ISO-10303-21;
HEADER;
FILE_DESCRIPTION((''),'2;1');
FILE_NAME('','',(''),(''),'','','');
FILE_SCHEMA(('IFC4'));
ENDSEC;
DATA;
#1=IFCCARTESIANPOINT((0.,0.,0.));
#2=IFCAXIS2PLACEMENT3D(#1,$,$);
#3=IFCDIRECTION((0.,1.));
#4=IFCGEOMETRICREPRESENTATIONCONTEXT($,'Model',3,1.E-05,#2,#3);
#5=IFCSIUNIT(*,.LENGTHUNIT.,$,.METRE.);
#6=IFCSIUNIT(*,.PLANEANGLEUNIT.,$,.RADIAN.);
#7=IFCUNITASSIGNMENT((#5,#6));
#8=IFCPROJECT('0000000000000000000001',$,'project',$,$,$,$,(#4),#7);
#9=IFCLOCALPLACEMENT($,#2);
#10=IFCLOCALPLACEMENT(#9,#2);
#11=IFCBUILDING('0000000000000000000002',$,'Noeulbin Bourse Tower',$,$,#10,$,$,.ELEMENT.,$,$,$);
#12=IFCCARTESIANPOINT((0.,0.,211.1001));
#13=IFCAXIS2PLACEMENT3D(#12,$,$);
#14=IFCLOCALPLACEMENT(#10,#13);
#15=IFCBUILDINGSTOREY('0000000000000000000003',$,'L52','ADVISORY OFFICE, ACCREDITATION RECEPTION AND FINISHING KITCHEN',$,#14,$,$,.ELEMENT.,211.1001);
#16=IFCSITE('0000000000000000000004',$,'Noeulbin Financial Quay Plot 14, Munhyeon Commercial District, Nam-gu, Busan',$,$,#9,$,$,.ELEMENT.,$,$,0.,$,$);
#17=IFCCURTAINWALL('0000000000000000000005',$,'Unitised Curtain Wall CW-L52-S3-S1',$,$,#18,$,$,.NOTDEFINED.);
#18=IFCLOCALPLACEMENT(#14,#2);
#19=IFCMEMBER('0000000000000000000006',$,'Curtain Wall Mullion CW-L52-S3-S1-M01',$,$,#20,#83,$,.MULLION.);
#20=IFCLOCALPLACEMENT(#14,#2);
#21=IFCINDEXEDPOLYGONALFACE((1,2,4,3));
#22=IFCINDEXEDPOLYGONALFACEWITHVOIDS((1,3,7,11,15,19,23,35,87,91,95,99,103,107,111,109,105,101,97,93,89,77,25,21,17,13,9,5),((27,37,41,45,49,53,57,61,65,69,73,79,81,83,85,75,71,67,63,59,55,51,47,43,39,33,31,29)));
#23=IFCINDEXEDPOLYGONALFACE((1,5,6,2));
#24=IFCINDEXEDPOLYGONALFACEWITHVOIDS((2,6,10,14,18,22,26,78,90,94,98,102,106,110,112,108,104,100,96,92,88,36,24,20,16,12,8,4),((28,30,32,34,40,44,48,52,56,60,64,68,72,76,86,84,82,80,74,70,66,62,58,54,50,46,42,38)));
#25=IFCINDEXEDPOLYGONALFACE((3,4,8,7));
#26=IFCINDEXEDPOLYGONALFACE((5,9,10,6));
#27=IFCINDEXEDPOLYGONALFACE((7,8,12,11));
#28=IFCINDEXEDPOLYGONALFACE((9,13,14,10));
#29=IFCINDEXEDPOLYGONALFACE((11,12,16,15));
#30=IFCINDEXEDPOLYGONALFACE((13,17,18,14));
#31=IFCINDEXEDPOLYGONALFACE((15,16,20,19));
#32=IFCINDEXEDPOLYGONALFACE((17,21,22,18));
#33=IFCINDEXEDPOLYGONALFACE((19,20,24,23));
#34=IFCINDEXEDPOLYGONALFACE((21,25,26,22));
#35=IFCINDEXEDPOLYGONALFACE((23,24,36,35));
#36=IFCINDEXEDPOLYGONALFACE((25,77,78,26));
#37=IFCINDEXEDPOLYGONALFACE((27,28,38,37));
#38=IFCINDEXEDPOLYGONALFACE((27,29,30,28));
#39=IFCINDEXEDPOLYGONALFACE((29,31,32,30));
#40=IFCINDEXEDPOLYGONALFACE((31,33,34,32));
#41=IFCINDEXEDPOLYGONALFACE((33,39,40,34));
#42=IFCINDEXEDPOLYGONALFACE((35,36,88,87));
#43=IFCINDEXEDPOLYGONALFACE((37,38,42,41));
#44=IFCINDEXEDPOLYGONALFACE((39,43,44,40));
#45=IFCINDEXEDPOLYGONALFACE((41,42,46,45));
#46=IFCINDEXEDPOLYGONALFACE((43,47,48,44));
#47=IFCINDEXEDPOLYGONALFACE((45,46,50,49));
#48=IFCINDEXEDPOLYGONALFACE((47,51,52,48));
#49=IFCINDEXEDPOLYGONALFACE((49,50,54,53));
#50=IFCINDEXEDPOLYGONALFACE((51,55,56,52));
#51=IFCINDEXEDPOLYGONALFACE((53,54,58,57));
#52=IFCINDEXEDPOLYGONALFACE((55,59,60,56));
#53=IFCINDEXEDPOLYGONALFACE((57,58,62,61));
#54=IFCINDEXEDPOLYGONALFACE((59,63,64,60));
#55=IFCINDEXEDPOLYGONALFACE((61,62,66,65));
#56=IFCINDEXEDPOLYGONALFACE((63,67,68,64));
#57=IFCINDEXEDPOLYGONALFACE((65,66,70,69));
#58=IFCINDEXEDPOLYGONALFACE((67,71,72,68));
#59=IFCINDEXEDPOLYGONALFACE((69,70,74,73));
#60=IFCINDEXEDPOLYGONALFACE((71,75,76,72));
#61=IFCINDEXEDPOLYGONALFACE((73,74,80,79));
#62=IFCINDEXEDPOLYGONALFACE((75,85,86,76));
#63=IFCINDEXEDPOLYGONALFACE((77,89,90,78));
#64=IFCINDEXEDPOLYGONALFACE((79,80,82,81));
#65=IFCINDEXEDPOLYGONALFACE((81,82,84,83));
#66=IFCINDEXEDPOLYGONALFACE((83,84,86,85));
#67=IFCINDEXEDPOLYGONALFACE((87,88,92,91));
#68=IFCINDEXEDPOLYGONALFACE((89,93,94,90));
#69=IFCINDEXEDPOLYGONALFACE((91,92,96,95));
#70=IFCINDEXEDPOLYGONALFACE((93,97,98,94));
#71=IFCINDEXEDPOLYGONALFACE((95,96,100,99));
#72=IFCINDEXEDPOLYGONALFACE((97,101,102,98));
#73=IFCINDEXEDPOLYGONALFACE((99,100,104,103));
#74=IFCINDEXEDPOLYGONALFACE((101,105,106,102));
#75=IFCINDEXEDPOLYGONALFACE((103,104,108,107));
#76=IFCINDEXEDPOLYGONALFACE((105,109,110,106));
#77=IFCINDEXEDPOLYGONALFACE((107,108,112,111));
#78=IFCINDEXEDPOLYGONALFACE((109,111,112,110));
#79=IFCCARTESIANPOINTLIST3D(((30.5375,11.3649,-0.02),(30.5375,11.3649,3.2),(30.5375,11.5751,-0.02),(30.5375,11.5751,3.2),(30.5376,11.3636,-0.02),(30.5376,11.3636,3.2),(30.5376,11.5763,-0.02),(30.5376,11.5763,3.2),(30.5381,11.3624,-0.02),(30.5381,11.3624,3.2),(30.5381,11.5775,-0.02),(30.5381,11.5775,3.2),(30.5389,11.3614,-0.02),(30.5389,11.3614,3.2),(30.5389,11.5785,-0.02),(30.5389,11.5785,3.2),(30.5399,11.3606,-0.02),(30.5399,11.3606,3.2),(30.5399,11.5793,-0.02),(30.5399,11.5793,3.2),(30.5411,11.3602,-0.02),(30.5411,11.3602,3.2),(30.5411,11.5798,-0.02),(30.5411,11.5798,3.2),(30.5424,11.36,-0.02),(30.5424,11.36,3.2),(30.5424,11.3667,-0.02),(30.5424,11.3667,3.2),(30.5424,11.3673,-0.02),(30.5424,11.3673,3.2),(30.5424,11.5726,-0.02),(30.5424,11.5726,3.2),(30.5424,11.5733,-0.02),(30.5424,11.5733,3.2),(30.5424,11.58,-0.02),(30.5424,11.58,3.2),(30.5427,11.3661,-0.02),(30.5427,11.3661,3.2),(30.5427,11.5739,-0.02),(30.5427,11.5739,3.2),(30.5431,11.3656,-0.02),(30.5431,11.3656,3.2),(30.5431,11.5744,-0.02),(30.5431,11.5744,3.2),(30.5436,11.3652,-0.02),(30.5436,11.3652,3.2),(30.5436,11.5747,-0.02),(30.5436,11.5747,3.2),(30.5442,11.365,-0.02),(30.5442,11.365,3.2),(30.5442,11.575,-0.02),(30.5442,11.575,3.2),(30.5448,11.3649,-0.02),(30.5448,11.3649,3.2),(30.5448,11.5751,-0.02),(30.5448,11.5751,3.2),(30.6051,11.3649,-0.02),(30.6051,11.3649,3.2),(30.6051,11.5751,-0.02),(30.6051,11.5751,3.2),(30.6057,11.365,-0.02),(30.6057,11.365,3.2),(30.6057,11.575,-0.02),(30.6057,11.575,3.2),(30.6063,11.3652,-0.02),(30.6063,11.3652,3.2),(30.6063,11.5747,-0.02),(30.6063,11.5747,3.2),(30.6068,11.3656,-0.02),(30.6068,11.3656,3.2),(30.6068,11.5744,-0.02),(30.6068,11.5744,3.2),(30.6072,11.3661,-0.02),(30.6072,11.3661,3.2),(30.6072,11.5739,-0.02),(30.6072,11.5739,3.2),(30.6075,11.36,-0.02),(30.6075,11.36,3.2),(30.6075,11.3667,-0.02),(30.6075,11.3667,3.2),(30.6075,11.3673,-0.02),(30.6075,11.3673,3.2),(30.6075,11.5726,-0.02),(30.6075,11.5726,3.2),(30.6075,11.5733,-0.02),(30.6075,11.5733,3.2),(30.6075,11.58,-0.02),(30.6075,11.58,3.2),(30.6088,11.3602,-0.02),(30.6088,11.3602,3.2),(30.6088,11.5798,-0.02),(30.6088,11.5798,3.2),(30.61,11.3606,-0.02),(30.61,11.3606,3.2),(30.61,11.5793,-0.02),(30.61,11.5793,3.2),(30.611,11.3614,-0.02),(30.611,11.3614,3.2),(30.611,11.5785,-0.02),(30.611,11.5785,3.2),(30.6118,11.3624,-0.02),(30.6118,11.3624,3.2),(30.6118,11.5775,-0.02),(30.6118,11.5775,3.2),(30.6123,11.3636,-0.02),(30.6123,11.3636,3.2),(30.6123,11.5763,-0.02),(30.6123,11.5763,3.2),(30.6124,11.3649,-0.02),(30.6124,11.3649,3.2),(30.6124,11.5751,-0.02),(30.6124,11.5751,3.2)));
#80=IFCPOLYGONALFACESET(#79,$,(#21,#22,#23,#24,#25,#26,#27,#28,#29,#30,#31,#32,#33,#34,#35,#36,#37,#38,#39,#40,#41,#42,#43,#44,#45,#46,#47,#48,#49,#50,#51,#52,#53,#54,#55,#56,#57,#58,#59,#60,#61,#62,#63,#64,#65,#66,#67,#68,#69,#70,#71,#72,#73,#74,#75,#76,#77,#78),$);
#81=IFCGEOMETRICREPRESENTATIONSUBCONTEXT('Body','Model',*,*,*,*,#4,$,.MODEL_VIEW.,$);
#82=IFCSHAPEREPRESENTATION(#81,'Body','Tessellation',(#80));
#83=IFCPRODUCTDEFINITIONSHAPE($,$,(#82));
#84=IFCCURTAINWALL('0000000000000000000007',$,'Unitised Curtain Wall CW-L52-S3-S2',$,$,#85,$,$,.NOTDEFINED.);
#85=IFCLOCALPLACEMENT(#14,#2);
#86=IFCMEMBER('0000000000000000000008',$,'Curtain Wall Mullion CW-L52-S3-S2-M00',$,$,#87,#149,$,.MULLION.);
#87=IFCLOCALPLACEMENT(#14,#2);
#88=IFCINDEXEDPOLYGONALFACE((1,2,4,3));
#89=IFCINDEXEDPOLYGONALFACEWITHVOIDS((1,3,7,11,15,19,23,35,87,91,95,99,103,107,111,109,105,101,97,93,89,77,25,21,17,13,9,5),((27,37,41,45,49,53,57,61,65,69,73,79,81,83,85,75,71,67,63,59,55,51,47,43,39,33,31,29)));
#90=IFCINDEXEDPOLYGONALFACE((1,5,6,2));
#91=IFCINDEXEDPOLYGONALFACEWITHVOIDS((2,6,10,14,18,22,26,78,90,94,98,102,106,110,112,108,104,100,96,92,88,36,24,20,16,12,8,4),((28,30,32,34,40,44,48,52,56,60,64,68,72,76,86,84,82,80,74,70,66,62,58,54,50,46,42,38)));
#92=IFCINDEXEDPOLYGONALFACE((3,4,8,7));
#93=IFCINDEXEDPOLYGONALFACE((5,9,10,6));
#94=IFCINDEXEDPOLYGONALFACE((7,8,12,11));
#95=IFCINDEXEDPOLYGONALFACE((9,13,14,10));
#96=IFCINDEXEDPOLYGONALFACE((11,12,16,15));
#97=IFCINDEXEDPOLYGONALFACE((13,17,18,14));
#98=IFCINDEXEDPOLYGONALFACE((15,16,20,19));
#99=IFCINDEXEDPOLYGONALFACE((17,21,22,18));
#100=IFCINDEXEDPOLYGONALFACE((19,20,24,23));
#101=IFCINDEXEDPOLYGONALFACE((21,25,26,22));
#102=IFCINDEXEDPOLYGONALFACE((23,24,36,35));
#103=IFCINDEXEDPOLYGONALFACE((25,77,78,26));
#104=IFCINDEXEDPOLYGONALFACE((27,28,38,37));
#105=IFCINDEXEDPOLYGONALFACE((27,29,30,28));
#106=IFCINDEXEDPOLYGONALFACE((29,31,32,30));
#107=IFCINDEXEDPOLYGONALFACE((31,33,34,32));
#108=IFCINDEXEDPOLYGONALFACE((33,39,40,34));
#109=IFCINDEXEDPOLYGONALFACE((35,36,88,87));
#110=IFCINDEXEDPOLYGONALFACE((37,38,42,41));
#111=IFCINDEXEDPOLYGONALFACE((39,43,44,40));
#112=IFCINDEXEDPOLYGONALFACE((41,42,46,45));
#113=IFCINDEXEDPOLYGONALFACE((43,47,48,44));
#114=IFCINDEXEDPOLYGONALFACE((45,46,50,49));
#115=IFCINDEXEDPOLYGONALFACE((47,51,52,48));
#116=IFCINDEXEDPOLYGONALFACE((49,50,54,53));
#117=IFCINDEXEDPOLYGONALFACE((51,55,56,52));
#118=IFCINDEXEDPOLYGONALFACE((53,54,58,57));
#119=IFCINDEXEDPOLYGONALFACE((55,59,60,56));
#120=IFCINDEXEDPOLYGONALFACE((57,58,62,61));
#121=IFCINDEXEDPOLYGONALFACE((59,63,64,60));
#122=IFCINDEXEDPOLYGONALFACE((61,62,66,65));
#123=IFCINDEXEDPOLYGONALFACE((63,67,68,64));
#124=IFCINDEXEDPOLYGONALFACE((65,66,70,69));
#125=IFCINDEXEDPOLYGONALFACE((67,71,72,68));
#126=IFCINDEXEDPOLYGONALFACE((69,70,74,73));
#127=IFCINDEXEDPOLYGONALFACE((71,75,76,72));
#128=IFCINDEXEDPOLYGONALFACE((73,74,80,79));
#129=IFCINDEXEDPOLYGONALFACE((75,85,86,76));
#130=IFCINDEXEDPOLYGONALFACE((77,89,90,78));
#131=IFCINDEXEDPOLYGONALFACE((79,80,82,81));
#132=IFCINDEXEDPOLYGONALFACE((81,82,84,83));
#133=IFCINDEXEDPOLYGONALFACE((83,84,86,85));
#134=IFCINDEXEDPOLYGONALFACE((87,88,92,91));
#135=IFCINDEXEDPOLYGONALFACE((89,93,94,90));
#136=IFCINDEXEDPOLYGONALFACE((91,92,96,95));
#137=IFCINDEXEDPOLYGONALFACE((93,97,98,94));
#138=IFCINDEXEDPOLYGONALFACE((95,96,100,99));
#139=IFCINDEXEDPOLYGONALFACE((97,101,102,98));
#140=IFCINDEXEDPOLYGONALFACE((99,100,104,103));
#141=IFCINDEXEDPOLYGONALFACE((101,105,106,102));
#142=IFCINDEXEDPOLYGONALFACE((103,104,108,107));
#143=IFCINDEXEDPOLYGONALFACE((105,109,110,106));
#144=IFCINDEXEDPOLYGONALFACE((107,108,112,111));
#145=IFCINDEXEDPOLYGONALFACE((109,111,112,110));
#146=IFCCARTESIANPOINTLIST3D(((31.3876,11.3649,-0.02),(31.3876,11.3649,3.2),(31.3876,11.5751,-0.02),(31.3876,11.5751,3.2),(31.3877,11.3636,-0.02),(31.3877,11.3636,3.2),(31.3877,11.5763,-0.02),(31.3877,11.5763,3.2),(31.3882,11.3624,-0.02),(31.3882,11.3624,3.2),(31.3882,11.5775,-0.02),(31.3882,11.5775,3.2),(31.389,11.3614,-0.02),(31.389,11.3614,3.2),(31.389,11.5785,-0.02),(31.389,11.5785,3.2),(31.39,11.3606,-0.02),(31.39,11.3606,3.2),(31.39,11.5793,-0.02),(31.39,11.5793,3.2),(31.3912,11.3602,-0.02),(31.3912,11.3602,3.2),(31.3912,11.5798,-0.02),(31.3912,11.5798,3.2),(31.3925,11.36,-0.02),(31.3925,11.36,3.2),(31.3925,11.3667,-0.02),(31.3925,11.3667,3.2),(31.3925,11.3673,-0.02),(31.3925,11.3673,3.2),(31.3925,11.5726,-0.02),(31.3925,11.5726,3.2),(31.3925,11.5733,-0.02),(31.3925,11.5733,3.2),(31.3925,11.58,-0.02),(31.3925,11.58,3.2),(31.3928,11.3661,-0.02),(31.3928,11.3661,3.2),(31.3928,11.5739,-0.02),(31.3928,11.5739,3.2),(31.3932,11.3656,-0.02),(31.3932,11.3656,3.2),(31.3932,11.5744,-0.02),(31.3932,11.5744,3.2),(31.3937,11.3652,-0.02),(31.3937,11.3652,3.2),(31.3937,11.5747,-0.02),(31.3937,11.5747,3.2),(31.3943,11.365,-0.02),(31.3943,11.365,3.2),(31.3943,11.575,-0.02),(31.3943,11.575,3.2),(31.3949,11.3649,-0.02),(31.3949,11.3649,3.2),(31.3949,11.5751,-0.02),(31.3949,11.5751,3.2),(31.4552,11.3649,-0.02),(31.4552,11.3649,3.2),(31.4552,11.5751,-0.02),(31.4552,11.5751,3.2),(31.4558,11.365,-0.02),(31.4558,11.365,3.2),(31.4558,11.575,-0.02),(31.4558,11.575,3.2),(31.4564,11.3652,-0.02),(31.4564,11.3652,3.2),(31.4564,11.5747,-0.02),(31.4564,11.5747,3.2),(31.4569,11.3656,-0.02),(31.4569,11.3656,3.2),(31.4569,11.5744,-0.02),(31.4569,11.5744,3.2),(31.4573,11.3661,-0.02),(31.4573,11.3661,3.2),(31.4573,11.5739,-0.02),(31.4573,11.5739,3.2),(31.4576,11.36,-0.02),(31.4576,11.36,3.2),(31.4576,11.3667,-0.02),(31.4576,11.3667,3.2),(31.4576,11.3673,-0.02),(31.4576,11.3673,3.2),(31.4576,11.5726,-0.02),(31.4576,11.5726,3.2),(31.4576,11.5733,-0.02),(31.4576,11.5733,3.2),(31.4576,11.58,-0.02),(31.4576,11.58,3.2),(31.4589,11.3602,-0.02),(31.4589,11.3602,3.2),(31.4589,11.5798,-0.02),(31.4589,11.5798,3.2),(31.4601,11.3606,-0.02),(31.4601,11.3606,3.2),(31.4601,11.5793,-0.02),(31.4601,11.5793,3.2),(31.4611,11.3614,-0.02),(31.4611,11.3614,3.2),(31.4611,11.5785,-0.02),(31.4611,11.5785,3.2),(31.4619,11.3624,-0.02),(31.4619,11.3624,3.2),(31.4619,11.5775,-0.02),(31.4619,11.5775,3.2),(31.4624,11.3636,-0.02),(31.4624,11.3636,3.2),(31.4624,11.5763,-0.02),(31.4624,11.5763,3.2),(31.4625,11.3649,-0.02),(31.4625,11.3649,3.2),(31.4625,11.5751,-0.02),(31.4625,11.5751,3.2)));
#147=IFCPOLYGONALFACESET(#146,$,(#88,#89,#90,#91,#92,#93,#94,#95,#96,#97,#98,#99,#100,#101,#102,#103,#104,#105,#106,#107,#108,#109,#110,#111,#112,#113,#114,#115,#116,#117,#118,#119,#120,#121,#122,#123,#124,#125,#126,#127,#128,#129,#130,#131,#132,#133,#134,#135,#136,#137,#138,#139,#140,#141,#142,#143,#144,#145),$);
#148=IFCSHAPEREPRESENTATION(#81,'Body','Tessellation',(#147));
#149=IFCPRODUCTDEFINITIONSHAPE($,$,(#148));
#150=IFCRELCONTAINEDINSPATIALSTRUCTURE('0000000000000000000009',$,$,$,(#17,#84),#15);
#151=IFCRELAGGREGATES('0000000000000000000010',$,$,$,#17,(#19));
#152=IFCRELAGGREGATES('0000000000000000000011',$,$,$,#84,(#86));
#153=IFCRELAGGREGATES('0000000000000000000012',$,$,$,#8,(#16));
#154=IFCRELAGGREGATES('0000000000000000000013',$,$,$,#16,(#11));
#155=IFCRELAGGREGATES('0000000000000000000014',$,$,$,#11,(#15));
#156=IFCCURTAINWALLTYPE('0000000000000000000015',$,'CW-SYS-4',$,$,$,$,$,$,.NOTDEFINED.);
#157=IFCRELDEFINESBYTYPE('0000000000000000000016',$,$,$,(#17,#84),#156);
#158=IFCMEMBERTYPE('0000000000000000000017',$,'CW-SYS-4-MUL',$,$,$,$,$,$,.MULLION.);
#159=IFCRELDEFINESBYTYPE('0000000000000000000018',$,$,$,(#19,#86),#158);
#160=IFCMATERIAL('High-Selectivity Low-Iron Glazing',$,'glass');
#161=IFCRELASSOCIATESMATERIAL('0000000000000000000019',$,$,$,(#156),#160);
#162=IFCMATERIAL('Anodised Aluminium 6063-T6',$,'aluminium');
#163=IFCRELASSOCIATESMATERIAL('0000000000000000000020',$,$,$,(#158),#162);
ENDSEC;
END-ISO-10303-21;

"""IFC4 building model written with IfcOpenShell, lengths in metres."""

from ifc_helpers import new_model, si_unit, direction, frame, origin, origin_2d, place, context, subcontext, project, spatial, hollow_rectangle, extrude, material, material_profile, profile_set, type_object, element, aggregate, save


model = new_model("IFC4")

# Units and contexts
model_context = context("Model", 3, precision=1e-05, world=origin(), true_north=direction((0.0, 1.0)))
body_context = subcontext(model_context, "Body", "Model", "MODEL_VIEW")
ifc_project = project(units=[si_unit("LENGTHUNIT", "METRE"), si_unit("PLANEANGLEUNIT", "RADIAN")], contexts=[model_context])

# Site, building, storey
site_placement = place(None, origin())
site = spatial("IfcSite", under=ifc_project, at=site_placement, Name="Noeulbin Financial Quay Plot 14, Munhyeon Commercial District, Nam-gu, Busan", CompositionType="ELEMENT", RefElevation=0.0)
building_placement = place(site_placement, origin())
building = spatial("IfcBuilding", under=site, at=building_placement, Name="Noeulbin Bourse Tower", CompositionType="ELEMENT")
storey_placement = place(building_placement, frame((0.0, 0.0, 211.1001)))
storey = spatial("IfcBuildingStorey", under=building, at=storey_placement, Name="L52", Description="ADVISORY OFFICE, ACCREDITATION RECEPTION AND FINISHING KITCHEN", CompositionType="ELEMENT", Elevation=211.1001)

# Curtain walls, members
ifc_material_1 = material(Name="High-Selectivity Low-Iron Glazing", Category="glass")
curtain_wall_type = type_object("IfcCurtainWallType", Name="CW-SYS-4", PredefinedType="NOTDEFINED", material=ifc_material_1)
curtain_wall_1_placement = place(storey_placement, origin())
curtain_wall_1 = element("IfcCurtainWall", 1, at=curtain_wall_1_placement, inside=storey, type_object=curtain_wall_type, Name="Unitised Curtain Wall CW-L52-S3-S1", PredefinedType="NOTDEFINED")
ifc_material_2 = material(Name="Anodised Aluminium 6063-T6", Category="aluminium")
ifc_material_profile_1 = material_profile(ifc_material_2, hollow_rectangle(XDim=0.075, YDim=0.22, WallThickness=0.0049, InnerFilletRadius=0.0024, OuterFilletRadius=0.0049, at=origin_2d()), Name="ALU-MULL-75x220x5", Category="LoadBearing")
ifc_profile_set_1 = profile_set([ifc_material_profile_1], Name="Anodised Aluminium 6063-T6")
member_type_1 = type_object("IfcMemberType", Name="CW-SYS-4-MUL", PredefinedType="MULLION", material=ifc_profile_set_1)
member_1_placement = place(storey_placement, frame((30.575, 11.47, -0.02), z_axis=(0.0, 0.0, 1.0), x_axis=(1.0, 0.0, 0.0)))
member_1 = element("IfcMember", 2, at=member_1_placement, type_object=member_type_1, Name="Curtain Wall Mullion CW-L52-S3-S1-M01", PredefinedType="MULLION", context=body_context, shape_type="SweptSolid", body=[
    extrude(hollow_rectangle(XDim=0.075, YDim=0.22, WallThickness=0.0049, InnerFilletRadius=0.0024, OuterFilletRadius=0.0049, at=origin_2d()), origin(), (0.0, 0.0, 1.0), 3.22),
])
curtain_wall_2_placement = place(storey_placement, origin())
curtain_wall_2 = element("IfcCurtainWall", 3, at=curtain_wall_2_placement, inside=storey, type_object=curtain_wall_type, Name="Unitised Curtain Wall CW-L52-S3-S2", PredefinedType="NOTDEFINED")
member_2_placement = place(storey_placement, frame((31.425, 11.47, -0.02), z_axis=(0.0, 0.0, 1.0), x_axis=(1.0, 0.0, 0.0)))
member_2 = element("IfcMember", 4, at=member_2_placement, type_object=member_type_1, Name="Curtain Wall Mullion CW-L52-S3-S2-M00", PredefinedType="MULLION", context=body_context, shape_type="SweptSolid", body=[
    extrude(hollow_rectangle(XDim=0.075, YDim=0.22, WallThickness=0.0049, InnerFilletRadius=0.0024, OuterFilletRadius=0.0049, at=origin_2d()), origin(), (0.0, 0.0, 1.0), 3.22),
])

aggregate(curtain_wall_1, [member_1])
aggregate(curtain_wall_2, [member_2])

save(model, "model.ifc")
